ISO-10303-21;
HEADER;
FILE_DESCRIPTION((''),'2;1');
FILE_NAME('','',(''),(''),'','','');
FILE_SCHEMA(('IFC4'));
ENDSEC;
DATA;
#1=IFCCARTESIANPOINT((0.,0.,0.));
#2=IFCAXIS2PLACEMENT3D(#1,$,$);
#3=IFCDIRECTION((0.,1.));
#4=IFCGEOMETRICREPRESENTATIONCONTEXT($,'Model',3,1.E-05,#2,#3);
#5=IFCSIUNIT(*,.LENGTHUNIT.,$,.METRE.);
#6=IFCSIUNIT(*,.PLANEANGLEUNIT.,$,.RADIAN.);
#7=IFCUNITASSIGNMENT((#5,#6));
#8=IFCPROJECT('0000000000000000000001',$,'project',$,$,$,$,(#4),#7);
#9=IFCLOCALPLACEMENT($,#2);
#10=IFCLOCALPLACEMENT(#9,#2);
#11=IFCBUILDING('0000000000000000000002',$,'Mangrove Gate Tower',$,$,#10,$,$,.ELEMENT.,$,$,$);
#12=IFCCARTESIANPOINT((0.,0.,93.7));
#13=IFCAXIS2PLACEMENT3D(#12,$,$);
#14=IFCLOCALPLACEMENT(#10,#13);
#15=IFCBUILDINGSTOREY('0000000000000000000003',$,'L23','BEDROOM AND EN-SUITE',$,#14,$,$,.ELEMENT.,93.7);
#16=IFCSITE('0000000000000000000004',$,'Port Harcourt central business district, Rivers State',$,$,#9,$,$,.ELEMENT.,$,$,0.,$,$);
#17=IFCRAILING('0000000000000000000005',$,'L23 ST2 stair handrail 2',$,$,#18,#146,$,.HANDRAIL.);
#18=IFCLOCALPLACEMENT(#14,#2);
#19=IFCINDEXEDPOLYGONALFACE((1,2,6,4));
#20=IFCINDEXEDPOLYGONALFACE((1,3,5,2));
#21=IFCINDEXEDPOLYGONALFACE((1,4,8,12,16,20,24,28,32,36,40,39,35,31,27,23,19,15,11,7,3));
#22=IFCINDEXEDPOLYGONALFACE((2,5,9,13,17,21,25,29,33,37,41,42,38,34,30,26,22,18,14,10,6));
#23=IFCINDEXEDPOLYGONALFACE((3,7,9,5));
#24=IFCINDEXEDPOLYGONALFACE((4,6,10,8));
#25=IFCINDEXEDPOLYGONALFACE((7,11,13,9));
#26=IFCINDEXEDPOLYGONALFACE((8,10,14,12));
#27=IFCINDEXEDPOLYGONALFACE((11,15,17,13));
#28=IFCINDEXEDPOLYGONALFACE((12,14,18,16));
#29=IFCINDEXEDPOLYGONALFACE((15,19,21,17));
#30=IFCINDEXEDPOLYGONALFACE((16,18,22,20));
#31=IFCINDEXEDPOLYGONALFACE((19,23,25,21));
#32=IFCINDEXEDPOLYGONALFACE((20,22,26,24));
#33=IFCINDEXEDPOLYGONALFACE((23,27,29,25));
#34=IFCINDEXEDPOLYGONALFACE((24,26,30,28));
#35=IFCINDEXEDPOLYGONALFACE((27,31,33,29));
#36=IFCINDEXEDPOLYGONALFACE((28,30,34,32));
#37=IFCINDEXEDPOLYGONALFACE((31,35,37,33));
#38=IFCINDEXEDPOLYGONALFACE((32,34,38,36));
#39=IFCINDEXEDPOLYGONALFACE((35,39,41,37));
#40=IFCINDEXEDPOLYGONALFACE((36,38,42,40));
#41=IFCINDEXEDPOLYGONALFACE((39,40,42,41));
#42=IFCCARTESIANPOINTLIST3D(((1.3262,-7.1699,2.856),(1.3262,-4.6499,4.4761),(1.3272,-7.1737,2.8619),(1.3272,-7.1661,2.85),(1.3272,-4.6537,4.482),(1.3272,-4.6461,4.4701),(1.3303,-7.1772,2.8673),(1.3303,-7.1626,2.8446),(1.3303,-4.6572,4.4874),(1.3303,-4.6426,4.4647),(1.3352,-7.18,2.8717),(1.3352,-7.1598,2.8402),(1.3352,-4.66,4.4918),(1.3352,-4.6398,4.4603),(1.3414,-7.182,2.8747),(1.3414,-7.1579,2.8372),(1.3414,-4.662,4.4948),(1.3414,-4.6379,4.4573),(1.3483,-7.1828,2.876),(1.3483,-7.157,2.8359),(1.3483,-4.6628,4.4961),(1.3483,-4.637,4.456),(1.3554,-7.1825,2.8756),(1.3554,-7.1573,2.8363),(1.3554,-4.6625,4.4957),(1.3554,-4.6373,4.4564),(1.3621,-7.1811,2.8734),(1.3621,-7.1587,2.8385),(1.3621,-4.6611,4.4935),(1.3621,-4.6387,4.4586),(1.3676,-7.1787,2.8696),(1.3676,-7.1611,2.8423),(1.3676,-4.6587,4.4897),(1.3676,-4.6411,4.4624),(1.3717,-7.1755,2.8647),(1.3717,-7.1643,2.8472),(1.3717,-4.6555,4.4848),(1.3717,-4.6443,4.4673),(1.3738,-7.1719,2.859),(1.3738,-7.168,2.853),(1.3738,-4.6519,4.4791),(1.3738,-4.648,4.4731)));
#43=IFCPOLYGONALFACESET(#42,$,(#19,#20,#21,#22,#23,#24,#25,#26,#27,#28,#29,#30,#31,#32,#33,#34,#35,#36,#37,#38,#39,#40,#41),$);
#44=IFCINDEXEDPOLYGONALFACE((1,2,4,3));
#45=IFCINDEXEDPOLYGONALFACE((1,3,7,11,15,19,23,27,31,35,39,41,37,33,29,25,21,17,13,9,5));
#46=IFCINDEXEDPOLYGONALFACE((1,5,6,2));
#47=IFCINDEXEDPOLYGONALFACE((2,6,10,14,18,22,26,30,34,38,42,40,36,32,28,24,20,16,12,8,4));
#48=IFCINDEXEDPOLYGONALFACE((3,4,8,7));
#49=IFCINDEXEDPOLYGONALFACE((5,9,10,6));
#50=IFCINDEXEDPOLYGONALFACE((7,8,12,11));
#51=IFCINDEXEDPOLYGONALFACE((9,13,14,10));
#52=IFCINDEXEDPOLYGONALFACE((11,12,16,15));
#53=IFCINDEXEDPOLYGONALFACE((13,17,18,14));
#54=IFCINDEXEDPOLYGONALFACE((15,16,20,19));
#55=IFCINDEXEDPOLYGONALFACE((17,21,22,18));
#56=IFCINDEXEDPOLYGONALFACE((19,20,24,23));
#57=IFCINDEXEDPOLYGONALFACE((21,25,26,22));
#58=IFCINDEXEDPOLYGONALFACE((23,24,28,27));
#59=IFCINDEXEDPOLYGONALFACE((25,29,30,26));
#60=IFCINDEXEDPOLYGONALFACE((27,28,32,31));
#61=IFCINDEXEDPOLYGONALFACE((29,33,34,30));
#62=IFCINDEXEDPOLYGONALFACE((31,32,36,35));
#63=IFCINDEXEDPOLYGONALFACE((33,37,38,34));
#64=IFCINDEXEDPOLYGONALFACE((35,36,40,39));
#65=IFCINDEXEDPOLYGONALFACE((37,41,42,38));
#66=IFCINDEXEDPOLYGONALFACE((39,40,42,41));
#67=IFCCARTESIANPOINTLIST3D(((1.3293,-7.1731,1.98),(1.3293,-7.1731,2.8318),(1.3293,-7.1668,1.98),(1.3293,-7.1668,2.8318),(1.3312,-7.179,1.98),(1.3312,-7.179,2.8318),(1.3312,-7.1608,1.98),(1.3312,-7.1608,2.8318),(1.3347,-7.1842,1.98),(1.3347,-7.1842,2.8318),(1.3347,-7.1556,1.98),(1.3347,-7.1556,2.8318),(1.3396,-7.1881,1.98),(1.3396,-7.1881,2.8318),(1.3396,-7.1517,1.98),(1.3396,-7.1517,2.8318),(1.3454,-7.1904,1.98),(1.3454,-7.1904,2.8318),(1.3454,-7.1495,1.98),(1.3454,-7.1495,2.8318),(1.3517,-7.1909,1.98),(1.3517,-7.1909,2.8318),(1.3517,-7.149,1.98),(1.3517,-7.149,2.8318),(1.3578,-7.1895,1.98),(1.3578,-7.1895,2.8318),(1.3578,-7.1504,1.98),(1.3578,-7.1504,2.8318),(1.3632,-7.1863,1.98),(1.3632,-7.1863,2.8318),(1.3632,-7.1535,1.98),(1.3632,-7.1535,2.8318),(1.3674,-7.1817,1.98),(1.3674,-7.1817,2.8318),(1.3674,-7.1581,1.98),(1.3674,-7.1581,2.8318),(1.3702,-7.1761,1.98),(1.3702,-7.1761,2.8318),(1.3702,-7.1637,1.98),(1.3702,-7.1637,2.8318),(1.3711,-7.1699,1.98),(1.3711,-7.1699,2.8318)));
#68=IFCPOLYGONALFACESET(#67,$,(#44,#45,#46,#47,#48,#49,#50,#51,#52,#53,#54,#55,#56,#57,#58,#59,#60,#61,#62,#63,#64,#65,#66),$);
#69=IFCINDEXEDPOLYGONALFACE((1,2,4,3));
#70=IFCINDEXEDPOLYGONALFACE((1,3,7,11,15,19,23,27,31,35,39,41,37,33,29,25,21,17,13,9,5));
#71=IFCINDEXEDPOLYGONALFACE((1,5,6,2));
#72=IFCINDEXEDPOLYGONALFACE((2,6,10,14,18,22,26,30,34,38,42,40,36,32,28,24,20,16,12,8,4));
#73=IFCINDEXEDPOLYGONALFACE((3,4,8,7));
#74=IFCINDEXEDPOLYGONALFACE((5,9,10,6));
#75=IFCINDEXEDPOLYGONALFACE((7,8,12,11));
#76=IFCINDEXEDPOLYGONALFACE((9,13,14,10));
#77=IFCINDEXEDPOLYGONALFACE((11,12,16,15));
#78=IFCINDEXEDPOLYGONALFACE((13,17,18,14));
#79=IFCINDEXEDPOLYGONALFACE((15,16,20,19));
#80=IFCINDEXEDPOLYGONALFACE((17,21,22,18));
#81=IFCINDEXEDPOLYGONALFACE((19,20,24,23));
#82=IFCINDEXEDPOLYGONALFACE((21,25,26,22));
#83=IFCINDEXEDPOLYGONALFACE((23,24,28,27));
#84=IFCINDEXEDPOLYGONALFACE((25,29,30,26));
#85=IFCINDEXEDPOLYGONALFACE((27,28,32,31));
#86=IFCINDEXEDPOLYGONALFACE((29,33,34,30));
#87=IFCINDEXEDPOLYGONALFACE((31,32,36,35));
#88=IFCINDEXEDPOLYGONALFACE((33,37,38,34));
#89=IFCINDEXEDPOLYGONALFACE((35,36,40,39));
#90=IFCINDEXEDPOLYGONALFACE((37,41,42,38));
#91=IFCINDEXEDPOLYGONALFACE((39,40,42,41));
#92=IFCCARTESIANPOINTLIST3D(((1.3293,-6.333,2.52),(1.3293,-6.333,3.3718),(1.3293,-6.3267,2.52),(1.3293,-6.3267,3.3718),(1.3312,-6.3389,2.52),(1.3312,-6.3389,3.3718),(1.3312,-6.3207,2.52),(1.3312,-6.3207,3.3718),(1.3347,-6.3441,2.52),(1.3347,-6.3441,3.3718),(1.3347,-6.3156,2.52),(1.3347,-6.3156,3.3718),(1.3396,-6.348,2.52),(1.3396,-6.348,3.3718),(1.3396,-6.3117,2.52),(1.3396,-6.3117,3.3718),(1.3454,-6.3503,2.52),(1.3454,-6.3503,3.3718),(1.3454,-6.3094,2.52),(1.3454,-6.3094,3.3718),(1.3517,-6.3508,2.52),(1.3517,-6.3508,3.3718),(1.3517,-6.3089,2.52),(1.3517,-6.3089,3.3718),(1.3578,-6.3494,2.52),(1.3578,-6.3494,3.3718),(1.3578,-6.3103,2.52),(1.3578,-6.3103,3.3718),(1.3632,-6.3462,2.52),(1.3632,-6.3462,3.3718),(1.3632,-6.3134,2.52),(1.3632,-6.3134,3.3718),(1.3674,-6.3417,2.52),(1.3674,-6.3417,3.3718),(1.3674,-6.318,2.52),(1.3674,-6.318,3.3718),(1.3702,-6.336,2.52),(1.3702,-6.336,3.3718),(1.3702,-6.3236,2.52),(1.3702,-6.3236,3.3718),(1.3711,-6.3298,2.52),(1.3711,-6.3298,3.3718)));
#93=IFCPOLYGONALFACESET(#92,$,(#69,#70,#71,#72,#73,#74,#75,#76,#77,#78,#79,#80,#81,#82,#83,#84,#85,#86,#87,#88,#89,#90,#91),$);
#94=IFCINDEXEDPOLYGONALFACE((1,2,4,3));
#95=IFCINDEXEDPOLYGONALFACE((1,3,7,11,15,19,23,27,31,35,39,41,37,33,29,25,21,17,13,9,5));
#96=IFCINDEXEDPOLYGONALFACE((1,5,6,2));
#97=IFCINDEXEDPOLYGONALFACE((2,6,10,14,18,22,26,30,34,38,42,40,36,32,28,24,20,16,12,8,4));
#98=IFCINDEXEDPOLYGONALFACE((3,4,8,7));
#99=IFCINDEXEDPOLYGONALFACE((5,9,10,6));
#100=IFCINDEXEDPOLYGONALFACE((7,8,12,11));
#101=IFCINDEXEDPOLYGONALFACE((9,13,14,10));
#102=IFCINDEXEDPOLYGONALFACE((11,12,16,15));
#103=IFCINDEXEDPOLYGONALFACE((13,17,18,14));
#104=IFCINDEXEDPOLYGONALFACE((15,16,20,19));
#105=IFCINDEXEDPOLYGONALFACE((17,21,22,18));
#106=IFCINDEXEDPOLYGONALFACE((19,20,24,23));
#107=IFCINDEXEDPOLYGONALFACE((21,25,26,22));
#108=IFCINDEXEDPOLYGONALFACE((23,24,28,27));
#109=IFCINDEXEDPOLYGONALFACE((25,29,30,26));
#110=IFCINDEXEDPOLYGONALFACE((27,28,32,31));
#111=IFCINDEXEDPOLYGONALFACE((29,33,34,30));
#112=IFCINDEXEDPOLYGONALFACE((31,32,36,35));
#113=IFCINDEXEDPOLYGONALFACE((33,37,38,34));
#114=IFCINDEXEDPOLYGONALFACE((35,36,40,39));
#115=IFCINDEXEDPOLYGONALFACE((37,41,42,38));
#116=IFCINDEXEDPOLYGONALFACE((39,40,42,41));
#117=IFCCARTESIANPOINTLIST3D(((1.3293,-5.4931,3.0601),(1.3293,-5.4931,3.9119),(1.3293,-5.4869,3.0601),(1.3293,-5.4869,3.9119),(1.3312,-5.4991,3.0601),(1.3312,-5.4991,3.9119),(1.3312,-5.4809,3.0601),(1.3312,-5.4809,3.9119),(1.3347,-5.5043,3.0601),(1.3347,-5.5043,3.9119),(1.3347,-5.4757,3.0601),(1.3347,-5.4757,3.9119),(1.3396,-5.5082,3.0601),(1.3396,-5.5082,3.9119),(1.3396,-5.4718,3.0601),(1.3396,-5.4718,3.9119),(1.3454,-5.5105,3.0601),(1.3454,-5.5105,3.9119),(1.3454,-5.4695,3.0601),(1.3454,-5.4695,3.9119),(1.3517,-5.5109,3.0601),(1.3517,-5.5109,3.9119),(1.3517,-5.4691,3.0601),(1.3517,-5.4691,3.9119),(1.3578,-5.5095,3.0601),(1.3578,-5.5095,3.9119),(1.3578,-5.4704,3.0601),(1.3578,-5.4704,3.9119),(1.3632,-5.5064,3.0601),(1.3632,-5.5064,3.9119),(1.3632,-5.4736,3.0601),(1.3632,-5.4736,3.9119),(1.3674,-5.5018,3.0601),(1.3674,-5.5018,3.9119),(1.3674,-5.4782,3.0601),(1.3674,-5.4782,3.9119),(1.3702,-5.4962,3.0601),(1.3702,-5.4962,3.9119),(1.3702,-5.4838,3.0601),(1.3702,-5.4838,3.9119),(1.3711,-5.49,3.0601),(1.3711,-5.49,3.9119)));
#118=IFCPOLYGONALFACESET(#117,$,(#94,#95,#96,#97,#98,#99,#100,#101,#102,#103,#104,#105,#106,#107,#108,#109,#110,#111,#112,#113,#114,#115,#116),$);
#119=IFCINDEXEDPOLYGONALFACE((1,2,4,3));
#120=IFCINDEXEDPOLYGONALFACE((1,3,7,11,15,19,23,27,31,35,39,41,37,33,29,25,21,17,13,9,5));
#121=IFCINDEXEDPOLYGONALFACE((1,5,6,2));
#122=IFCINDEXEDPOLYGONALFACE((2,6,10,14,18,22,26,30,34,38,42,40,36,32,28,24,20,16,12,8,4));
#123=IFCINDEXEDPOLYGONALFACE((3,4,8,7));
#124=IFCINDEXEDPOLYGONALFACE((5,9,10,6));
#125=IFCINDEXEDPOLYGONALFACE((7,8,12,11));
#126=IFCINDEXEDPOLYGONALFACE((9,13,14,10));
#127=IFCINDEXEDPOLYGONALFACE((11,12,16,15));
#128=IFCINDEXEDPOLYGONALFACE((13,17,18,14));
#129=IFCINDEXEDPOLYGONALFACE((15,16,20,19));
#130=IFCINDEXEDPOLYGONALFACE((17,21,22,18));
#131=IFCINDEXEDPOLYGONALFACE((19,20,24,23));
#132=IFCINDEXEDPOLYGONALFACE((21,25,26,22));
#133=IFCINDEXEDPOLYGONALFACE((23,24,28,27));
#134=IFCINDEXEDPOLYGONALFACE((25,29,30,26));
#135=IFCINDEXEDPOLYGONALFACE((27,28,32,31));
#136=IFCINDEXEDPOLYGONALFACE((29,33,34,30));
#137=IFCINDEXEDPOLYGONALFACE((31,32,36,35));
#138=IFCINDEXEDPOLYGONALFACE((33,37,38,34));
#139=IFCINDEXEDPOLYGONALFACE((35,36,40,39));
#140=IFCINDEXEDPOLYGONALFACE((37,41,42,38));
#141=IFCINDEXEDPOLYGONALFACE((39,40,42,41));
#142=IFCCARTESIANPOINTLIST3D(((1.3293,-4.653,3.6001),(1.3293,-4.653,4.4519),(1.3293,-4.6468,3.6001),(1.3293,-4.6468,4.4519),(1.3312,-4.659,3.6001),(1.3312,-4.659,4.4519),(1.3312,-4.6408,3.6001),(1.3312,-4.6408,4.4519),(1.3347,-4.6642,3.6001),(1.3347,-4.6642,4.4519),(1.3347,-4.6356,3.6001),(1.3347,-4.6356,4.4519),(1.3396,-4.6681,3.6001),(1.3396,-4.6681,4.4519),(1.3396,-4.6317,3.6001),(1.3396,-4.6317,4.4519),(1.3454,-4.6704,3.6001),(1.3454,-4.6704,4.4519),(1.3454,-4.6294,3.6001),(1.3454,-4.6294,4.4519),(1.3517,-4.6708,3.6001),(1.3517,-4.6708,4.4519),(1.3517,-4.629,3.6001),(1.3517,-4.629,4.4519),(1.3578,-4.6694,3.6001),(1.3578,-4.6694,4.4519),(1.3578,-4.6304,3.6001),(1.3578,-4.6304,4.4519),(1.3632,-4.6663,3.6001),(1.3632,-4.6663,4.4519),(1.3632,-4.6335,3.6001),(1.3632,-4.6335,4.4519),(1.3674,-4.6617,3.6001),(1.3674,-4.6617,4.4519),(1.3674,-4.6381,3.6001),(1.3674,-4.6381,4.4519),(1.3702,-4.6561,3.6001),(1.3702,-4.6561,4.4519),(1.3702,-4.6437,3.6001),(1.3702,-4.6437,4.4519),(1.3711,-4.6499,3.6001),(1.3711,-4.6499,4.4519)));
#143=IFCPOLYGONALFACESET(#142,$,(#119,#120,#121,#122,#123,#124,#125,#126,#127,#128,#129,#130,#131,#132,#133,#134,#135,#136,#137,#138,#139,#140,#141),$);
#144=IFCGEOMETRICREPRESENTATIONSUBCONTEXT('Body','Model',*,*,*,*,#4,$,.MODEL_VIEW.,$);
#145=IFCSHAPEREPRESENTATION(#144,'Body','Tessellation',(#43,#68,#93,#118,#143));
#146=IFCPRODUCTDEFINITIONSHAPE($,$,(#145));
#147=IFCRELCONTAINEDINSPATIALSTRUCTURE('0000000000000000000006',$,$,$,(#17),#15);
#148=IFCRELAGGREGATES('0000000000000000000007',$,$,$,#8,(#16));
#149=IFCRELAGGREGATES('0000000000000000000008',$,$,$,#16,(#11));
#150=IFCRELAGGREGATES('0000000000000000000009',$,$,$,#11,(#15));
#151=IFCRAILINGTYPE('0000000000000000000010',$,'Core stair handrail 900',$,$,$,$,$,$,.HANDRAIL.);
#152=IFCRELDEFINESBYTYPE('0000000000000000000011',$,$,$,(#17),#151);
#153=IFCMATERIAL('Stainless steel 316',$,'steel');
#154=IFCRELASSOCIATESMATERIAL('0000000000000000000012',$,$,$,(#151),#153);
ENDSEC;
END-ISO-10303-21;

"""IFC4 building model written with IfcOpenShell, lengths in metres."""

from ifc_helpers import new_model, si_unit, direction, frame, origin, origin_2d, place, context, subcontext, project, spatial, circle, extrude, material, type_object, element, save


model = new_model("IFC4")

# Units and contexts
model_context = context("Model", 3, precision=1e-05, world=origin(), true_north=direction((0.0, 1.0)))
body_context = subcontext(model_context, "Body", "Model", "MODEL_VIEW")
ifc_project = project(units=[si_unit("LENGTHUNIT", "METRE"), si_unit("PLANEANGLEUNIT", "RADIAN")], contexts=[model_context])

# Site, building, storey
site_placement = place(None, origin())
site = spatial("IfcSite", under=ifc_project, at=site_placement, Name="Port Harcourt central business district, Rivers State", CompositionType="ELEMENT", RefElevation=0.0)
building_placement = place(site_placement, origin())
building = spatial("IfcBuilding", under=site, at=building_placement, Name="Mangrove Gate Tower", CompositionType="ELEMENT")
storey_placement = place(building_placement, frame((0.0, 0.0, 93.7)))
storey = spatial("IfcBuildingStorey", under=building, at=storey_placement, Name="L23", Description="BEDROOM AND EN-SUITE", CompositionType="ELEMENT", Elevation=93.7)

# Railing
ifc_material_1 = material(Name="Stainless steel 316", Category="steel")
railing_type_1 = type_object("IfcRailingType", Name="Core stair handrail 900", PredefinedType="HANDRAIL", material=ifc_material_1)
railing_1_placement = place(storey_placement, frame((1.3501, -7.1699, 1.98)))
element("IfcRailing", 1, at=railing_1_placement, inside=storey, type_object=railing_type_1, Name="L23 ST2 stair handrail 2", PredefinedType="HANDRAIL", context=body_context, shape_type="SweptSolid", body=[
    extrude(circle(Radius=0.0239, at=origin_2d()), frame((0.0, 0.0, 0.876), z_axis=(0.0, 0.841163, 0.540782), x_axis=(-1.0, 0.0, 0.0)), (0.0, 0.0, 1.0), 2.9958),
    extrude(circle(Radius=0.021, at=origin_2d()), origin(), (0.0, 0.0, 1.0), 0.8518),
    extrude(circle(Radius=0.021, at=origin_2d()), frame((0.0, 0.8401, 0.54)), (0.0, 0.0, 1.0), 0.8518),
    extrude(circle(Radius=0.021, at=origin_2d()), frame((0.0, 1.6799, 1.0801)), (0.0, 0.0, 1.0), 0.8518),
    extrude(circle(Radius=0.021, at=origin_2d()), frame((0.0, 2.52, 1.6201)), (0.0, 0.0, 1.0), 0.8518),
])

save(model, "model.ifc")
